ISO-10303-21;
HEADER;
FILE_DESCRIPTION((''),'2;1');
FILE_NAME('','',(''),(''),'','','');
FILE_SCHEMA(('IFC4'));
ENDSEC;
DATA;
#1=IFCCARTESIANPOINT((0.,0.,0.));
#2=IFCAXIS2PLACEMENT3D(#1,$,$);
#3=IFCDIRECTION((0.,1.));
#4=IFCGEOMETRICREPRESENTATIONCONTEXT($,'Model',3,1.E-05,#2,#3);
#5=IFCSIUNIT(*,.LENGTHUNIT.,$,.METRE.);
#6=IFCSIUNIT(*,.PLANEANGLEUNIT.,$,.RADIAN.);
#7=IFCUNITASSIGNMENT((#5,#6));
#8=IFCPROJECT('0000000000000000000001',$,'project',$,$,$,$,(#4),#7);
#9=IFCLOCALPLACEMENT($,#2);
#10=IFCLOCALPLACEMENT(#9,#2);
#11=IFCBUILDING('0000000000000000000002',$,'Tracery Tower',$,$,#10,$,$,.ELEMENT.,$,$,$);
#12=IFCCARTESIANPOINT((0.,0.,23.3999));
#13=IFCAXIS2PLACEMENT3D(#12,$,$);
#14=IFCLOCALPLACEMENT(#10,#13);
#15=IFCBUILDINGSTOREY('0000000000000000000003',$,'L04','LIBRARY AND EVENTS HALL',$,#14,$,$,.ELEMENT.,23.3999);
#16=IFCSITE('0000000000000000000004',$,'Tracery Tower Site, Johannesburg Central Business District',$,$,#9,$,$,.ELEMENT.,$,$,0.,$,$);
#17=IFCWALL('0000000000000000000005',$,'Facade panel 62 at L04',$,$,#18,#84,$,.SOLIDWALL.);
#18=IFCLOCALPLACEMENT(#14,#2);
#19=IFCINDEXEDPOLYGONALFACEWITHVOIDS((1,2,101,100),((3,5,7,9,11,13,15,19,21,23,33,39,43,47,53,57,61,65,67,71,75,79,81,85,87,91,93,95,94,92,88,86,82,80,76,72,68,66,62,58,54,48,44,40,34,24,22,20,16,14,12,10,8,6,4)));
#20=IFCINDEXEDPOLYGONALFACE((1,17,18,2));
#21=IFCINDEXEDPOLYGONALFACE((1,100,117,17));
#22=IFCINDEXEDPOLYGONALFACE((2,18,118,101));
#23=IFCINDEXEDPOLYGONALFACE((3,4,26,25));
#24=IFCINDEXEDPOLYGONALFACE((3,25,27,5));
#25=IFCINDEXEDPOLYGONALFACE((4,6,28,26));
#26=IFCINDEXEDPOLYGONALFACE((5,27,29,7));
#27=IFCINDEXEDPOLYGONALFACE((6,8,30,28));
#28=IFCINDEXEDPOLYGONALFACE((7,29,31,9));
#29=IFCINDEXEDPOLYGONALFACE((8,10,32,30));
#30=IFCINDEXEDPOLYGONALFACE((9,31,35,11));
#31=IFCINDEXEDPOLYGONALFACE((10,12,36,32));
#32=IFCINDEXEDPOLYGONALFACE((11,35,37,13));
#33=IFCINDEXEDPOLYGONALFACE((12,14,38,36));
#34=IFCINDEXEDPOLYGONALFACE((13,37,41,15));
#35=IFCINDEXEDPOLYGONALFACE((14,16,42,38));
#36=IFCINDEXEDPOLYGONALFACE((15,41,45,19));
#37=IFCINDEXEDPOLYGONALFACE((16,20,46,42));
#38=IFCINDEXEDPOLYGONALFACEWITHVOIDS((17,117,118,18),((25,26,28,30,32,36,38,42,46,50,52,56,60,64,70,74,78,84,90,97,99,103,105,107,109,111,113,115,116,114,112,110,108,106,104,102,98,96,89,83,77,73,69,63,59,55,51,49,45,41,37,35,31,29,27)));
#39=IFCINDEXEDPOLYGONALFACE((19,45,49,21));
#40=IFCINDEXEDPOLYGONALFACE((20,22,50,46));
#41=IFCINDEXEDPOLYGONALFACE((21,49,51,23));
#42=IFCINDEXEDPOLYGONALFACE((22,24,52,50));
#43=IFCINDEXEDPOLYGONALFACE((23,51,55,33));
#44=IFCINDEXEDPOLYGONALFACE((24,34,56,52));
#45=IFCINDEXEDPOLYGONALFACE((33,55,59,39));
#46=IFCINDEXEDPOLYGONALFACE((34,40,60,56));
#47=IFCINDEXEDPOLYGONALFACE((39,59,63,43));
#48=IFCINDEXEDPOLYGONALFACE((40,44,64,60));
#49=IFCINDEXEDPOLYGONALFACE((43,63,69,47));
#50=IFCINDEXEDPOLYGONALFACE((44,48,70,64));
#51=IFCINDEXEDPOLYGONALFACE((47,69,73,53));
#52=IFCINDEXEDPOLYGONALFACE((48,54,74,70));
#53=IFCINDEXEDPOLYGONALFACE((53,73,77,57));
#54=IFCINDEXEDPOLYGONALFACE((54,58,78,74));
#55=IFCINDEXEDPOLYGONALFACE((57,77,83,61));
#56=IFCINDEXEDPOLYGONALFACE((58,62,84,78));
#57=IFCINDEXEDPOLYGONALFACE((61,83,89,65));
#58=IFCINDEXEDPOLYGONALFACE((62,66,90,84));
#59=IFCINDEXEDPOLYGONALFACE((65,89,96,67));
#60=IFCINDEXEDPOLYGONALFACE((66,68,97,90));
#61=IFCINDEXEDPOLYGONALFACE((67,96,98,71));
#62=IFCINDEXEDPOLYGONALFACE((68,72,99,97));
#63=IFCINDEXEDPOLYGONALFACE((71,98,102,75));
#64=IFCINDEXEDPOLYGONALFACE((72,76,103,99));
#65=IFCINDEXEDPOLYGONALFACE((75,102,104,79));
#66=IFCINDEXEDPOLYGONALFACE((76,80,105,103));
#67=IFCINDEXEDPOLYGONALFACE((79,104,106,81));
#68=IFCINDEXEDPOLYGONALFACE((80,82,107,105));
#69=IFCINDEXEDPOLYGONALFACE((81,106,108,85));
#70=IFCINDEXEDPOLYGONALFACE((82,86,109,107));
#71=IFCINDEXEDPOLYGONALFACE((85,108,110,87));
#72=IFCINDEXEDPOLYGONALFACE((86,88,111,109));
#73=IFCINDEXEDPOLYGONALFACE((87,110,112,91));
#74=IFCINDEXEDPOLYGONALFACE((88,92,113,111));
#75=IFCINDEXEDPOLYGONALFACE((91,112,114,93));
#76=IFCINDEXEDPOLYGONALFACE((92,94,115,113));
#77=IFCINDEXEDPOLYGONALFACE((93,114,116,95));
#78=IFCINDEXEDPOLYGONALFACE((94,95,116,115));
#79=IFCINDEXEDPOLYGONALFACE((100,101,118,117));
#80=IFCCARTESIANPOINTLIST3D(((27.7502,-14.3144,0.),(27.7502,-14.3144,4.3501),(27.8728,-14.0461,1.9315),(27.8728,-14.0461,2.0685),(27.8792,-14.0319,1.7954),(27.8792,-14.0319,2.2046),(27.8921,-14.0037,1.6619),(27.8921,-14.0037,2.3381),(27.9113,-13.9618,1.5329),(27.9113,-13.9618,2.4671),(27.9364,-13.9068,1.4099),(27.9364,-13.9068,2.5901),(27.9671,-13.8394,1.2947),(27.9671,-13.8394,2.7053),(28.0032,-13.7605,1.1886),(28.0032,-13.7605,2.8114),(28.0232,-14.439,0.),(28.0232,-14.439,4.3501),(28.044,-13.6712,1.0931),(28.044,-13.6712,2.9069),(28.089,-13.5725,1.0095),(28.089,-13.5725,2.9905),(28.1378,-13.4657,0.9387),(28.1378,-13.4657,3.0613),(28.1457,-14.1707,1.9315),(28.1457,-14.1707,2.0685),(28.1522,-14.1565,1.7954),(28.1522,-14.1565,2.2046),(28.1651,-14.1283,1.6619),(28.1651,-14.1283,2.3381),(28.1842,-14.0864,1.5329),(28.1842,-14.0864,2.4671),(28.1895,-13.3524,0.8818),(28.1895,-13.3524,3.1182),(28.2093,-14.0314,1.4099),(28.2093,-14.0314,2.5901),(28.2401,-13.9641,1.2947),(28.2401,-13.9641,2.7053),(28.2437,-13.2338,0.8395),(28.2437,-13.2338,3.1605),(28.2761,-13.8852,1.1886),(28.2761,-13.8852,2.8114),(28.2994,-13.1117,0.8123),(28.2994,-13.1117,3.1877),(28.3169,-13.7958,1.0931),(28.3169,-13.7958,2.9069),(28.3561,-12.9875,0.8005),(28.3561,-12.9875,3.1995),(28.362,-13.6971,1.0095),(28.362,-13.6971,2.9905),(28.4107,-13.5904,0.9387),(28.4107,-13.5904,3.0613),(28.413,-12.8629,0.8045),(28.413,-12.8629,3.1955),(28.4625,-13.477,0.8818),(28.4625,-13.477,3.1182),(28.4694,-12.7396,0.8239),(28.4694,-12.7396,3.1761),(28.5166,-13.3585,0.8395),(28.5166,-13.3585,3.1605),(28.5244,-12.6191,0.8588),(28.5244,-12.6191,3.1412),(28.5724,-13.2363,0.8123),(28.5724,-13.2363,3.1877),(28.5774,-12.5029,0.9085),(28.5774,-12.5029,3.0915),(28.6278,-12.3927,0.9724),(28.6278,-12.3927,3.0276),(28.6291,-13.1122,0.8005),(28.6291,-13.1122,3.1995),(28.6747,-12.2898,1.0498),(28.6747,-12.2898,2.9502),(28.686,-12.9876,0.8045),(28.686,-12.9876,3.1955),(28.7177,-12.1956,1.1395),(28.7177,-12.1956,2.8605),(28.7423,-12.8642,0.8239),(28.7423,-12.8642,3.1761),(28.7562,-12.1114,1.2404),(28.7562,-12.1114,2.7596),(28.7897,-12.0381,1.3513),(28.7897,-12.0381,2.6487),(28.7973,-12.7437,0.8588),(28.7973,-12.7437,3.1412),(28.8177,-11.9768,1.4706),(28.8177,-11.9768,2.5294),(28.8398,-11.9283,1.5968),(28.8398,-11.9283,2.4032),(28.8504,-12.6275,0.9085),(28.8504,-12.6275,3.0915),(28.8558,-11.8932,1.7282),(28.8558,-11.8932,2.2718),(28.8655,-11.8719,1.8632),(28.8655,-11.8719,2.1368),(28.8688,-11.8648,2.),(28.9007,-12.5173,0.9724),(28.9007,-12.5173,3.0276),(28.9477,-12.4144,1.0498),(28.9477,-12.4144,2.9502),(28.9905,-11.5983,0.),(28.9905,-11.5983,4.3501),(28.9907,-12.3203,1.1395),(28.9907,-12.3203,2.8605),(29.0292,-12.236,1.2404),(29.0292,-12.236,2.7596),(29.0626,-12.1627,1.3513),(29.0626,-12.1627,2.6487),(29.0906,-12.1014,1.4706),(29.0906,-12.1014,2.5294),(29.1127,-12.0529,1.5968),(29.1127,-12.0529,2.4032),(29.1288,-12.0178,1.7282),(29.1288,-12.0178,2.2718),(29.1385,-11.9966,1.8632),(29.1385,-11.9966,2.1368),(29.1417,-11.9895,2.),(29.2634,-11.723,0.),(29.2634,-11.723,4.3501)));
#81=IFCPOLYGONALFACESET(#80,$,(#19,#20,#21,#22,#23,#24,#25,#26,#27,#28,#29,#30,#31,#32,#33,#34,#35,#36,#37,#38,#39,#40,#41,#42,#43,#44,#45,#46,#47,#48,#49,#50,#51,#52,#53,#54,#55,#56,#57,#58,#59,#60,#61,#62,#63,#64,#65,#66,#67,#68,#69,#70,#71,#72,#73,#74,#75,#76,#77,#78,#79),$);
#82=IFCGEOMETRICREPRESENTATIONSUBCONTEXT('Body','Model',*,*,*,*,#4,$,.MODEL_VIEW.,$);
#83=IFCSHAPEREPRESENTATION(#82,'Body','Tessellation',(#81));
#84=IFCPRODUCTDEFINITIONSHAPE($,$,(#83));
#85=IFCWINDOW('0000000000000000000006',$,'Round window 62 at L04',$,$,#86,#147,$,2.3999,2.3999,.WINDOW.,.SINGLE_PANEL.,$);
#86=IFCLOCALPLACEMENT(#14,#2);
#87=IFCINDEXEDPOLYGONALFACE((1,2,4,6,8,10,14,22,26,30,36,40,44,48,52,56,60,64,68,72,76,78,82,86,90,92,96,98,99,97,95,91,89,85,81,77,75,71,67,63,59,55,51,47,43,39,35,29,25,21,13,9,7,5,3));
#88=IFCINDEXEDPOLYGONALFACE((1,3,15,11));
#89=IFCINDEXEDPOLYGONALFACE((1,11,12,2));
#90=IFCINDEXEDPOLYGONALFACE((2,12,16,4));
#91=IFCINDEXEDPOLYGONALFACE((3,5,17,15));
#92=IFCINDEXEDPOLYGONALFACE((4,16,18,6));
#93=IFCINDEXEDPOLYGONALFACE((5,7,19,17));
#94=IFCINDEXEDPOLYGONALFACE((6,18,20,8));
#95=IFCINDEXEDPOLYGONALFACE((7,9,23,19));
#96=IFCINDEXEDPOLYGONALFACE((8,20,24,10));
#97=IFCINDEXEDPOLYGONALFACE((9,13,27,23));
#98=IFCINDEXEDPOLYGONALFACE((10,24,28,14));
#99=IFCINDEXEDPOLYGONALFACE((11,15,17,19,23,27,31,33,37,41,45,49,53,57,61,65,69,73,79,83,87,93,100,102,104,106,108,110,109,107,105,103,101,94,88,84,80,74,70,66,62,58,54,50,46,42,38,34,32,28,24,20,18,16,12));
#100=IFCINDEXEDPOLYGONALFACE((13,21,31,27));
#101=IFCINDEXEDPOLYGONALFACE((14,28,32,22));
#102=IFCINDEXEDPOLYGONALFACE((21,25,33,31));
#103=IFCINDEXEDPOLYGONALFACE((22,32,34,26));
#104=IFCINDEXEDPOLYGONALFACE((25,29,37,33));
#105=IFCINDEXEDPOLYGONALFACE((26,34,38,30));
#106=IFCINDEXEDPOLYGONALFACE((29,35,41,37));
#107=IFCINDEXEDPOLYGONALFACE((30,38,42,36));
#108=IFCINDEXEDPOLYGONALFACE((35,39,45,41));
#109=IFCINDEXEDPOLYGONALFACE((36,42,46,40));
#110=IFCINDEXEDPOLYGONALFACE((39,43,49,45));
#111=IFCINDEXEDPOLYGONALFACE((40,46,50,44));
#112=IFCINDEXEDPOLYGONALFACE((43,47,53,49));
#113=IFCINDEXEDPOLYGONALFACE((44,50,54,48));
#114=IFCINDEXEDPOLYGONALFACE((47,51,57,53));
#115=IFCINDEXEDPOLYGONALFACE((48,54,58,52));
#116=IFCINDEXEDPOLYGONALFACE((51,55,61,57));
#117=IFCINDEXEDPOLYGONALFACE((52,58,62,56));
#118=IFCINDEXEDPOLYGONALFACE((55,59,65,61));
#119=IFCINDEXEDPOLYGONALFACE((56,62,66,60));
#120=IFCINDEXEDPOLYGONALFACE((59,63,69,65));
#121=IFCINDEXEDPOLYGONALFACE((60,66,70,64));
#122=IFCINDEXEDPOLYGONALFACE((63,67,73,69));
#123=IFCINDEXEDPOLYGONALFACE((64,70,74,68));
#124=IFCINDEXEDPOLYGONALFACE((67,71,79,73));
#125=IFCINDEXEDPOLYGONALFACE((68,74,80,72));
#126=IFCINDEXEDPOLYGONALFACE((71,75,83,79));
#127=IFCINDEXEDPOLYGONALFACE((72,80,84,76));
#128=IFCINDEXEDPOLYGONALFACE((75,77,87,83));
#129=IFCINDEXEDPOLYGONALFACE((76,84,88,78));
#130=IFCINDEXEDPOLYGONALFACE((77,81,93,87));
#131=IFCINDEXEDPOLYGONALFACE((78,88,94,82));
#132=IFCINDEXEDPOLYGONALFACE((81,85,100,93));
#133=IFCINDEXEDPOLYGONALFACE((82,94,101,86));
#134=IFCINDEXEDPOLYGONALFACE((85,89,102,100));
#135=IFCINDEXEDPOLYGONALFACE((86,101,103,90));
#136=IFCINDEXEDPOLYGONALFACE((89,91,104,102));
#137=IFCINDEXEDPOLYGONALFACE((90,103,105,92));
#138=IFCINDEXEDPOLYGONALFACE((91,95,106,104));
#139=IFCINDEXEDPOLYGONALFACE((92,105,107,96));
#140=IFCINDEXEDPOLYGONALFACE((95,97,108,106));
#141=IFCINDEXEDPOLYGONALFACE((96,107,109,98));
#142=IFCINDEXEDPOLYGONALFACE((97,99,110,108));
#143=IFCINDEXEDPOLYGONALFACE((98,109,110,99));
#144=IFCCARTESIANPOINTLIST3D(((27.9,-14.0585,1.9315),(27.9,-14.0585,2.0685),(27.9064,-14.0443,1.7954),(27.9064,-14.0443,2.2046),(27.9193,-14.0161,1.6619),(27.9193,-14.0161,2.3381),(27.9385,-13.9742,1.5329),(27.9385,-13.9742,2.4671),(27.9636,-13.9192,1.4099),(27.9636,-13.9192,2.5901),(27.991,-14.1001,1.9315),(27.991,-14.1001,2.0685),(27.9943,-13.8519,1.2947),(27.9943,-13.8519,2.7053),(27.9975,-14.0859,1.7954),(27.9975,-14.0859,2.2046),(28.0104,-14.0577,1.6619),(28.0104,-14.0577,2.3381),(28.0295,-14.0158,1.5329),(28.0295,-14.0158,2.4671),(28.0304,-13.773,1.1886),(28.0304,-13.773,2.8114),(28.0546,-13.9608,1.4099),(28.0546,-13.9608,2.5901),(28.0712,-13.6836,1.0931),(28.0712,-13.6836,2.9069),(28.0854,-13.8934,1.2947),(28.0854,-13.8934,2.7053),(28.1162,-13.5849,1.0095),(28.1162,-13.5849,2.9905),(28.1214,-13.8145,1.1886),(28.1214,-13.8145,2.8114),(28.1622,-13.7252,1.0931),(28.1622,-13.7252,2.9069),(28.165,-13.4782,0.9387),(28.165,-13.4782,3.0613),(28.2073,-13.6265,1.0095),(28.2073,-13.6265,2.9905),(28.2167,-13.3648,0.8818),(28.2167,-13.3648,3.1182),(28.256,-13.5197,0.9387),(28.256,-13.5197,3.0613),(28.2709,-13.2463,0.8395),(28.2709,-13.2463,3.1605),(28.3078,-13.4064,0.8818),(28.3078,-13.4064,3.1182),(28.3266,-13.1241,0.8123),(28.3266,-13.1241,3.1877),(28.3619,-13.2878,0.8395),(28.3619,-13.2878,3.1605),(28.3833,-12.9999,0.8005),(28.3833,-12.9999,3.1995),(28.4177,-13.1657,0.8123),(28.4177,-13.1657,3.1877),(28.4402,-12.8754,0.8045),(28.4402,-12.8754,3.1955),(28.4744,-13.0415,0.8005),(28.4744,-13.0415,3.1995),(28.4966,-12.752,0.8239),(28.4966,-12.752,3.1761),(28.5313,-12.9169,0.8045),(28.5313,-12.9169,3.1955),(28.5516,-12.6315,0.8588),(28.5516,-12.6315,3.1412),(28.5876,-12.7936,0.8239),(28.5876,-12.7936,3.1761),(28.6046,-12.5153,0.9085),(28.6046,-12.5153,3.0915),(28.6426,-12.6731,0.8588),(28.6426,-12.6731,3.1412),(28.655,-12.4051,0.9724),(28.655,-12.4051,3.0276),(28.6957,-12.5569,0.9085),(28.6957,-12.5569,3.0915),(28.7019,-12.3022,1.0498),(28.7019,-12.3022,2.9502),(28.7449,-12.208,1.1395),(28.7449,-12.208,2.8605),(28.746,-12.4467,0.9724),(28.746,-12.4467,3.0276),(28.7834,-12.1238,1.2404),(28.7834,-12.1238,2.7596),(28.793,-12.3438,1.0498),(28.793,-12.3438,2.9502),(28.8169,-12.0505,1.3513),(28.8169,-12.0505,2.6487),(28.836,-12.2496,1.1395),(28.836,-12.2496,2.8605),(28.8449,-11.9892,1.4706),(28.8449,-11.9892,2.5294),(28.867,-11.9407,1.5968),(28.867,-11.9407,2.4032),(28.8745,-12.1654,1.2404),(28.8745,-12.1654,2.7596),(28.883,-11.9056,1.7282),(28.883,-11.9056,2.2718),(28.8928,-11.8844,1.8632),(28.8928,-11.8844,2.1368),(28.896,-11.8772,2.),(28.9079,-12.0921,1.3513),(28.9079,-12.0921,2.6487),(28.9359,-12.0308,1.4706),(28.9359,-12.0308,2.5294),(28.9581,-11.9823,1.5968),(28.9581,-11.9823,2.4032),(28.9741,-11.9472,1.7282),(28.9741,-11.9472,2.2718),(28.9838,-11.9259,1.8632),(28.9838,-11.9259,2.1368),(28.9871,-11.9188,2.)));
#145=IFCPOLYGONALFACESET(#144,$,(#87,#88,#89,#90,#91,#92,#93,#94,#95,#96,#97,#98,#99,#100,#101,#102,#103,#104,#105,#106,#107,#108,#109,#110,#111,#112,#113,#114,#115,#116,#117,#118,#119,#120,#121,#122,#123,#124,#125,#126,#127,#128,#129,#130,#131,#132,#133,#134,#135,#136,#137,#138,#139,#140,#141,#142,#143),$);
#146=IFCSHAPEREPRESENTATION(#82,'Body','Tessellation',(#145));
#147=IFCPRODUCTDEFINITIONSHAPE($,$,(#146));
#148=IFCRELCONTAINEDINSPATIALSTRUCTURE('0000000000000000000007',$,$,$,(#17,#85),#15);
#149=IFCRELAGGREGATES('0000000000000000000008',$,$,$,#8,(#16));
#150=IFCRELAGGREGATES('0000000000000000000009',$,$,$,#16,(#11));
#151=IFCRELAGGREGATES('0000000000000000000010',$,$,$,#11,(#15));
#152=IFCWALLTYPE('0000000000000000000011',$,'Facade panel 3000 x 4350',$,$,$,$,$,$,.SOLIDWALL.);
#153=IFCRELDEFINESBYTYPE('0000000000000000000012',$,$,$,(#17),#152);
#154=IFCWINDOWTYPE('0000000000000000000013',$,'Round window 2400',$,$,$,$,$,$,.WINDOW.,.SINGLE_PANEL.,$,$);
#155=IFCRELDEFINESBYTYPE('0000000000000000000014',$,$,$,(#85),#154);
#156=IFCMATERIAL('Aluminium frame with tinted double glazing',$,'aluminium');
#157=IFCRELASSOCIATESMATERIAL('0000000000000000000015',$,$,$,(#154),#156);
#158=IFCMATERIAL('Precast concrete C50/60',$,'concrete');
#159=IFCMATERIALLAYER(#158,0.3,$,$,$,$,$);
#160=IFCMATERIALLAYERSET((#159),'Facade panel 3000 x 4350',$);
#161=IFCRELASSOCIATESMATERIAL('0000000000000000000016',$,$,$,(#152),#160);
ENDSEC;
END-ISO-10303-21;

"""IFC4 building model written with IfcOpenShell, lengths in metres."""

from ifc_helpers import new_model, si_unit, direction, frame, frame_2d, origin, origin_2d, place, context, subcontext, project, spatial, rectangle, circle, extrude, material, layer, layer_set, type_object, element, fill, save


model = new_model("IFC4")

# Units and contexts
model_context = context("Model", 3, precision=1e-05, world=origin(), true_north=direction((0.0, 1.0)))
body_context = subcontext(model_context, "Body", "Model", "MODEL_VIEW")
ifc_project = project(units=[si_unit("LENGTHUNIT", "METRE"), si_unit("PLANEANGLEUNIT", "RADIAN")], contexts=[model_context])

# Site, building, storey
site_placement = place(None, origin())
site = spatial("IfcSite", under=ifc_project, at=site_placement, Name="Tracery Tower Site, Johannesburg Central Business District", CompositionType="ELEMENT", RefElevation=0.0)
building_placement = place(site_placement, origin())
building = spatial("IfcBuilding", under=site, at=building_placement, Name="Tracery Tower", CompositionType="ELEMENT")
storey_placement = place(building_placement, frame((0.0, 0.0, 23.3999)))
storey = spatial("IfcBuildingStorey", under=building, at=storey_placement, Name="L04", Description="LIBRARY AND EVENTS HALL", CompositionType="ELEMENT", Elevation=23.3999)

# Wall, opening, window
ifc_material_1 = material(Name="Aluminium frame with tinted double glazing", Category="aluminium")
window_type = type_object("IfcWindowType", Name="Round window 2400", PartitioningType="SINGLE_PANEL", PredefinedType="WINDOW", material=ifc_material_1)
ifc_material_2 = material(Name="Precast concrete C50/60", Category="concrete")
ifc_layer_1 = layer(ifc_material_2, 0.3)
ifc_layer_set_1 = layer_set([ifc_layer_1], Name="Facade panel 3000 x 4350")
wall_type_1 = type_object("IfcWallType", Name="Facade panel 3000 x 4350", PredefinedType="SOLIDWALL", material=ifc_layer_set_1)
wall_1_placement = place(storey_placement, frame((27.8867, -14.3767, 0.0), z_axis=(0.0, 0.0, 1.0), x_axis=(0.415373, 0.909651, 0.0)))
wall_1 = element("IfcWall", 1, at=wall_1_placement, inside=storey, type_object=wall_type_1, Name="Facade panel 62 at L04", PredefinedType="SOLIDWALL", context=body_context, shape_type="SweptSolid", body=[
    extrude(rectangle(XDim=2.9858, YDim=0.3, at=frame_2d((1.4929, 0.0))), origin(), (0.0, 0.0, 1.0), 4.3501),
])
opening_1_placement = place(wall_1_placement, frame((1.4929, 0.0, 2.0)))
opening_1 = element("IfcOpeningElement", 2, at=opening_1_placement, cuts=wall_1, PredefinedType="OPENING", context=body_context, shape_type="SweptSolid", body=[
    extrude(circle(Radius=1.2, at=origin_2d()), frame((0.0, 0.1599, 0.0), z_axis=(0.0, -1.0, 0.0), x_axis=(1.0, 0.0, 0.0)), (0.0, 0.0, 1.0), 0.3201),
])
window_1_placement = place(opening_1_placement, origin())
window_1 = element("IfcWindow", 3, at=window_1_placement, inside=storey, type_object=window_type, Name="Round window 62 at L04", OverallHeight=2.3999, OverallWidth=2.3999, PartitioningType="SINGLE_PANEL", PredefinedType="WINDOW", context=body_context, shape_type="SweptSolid", body=[
    extrude(circle(Radius=1.2, at=origin_2d()), frame((0.0, 0.1201, 0.0), z_axis=(0.0, -1.0, 0.0), x_axis=(1.0, 0.0, 0.0)), (0.0, 0.0, 1.0), 0.1001),
])
fill(opening_1, window_1)

save(model, "model.ifc")
